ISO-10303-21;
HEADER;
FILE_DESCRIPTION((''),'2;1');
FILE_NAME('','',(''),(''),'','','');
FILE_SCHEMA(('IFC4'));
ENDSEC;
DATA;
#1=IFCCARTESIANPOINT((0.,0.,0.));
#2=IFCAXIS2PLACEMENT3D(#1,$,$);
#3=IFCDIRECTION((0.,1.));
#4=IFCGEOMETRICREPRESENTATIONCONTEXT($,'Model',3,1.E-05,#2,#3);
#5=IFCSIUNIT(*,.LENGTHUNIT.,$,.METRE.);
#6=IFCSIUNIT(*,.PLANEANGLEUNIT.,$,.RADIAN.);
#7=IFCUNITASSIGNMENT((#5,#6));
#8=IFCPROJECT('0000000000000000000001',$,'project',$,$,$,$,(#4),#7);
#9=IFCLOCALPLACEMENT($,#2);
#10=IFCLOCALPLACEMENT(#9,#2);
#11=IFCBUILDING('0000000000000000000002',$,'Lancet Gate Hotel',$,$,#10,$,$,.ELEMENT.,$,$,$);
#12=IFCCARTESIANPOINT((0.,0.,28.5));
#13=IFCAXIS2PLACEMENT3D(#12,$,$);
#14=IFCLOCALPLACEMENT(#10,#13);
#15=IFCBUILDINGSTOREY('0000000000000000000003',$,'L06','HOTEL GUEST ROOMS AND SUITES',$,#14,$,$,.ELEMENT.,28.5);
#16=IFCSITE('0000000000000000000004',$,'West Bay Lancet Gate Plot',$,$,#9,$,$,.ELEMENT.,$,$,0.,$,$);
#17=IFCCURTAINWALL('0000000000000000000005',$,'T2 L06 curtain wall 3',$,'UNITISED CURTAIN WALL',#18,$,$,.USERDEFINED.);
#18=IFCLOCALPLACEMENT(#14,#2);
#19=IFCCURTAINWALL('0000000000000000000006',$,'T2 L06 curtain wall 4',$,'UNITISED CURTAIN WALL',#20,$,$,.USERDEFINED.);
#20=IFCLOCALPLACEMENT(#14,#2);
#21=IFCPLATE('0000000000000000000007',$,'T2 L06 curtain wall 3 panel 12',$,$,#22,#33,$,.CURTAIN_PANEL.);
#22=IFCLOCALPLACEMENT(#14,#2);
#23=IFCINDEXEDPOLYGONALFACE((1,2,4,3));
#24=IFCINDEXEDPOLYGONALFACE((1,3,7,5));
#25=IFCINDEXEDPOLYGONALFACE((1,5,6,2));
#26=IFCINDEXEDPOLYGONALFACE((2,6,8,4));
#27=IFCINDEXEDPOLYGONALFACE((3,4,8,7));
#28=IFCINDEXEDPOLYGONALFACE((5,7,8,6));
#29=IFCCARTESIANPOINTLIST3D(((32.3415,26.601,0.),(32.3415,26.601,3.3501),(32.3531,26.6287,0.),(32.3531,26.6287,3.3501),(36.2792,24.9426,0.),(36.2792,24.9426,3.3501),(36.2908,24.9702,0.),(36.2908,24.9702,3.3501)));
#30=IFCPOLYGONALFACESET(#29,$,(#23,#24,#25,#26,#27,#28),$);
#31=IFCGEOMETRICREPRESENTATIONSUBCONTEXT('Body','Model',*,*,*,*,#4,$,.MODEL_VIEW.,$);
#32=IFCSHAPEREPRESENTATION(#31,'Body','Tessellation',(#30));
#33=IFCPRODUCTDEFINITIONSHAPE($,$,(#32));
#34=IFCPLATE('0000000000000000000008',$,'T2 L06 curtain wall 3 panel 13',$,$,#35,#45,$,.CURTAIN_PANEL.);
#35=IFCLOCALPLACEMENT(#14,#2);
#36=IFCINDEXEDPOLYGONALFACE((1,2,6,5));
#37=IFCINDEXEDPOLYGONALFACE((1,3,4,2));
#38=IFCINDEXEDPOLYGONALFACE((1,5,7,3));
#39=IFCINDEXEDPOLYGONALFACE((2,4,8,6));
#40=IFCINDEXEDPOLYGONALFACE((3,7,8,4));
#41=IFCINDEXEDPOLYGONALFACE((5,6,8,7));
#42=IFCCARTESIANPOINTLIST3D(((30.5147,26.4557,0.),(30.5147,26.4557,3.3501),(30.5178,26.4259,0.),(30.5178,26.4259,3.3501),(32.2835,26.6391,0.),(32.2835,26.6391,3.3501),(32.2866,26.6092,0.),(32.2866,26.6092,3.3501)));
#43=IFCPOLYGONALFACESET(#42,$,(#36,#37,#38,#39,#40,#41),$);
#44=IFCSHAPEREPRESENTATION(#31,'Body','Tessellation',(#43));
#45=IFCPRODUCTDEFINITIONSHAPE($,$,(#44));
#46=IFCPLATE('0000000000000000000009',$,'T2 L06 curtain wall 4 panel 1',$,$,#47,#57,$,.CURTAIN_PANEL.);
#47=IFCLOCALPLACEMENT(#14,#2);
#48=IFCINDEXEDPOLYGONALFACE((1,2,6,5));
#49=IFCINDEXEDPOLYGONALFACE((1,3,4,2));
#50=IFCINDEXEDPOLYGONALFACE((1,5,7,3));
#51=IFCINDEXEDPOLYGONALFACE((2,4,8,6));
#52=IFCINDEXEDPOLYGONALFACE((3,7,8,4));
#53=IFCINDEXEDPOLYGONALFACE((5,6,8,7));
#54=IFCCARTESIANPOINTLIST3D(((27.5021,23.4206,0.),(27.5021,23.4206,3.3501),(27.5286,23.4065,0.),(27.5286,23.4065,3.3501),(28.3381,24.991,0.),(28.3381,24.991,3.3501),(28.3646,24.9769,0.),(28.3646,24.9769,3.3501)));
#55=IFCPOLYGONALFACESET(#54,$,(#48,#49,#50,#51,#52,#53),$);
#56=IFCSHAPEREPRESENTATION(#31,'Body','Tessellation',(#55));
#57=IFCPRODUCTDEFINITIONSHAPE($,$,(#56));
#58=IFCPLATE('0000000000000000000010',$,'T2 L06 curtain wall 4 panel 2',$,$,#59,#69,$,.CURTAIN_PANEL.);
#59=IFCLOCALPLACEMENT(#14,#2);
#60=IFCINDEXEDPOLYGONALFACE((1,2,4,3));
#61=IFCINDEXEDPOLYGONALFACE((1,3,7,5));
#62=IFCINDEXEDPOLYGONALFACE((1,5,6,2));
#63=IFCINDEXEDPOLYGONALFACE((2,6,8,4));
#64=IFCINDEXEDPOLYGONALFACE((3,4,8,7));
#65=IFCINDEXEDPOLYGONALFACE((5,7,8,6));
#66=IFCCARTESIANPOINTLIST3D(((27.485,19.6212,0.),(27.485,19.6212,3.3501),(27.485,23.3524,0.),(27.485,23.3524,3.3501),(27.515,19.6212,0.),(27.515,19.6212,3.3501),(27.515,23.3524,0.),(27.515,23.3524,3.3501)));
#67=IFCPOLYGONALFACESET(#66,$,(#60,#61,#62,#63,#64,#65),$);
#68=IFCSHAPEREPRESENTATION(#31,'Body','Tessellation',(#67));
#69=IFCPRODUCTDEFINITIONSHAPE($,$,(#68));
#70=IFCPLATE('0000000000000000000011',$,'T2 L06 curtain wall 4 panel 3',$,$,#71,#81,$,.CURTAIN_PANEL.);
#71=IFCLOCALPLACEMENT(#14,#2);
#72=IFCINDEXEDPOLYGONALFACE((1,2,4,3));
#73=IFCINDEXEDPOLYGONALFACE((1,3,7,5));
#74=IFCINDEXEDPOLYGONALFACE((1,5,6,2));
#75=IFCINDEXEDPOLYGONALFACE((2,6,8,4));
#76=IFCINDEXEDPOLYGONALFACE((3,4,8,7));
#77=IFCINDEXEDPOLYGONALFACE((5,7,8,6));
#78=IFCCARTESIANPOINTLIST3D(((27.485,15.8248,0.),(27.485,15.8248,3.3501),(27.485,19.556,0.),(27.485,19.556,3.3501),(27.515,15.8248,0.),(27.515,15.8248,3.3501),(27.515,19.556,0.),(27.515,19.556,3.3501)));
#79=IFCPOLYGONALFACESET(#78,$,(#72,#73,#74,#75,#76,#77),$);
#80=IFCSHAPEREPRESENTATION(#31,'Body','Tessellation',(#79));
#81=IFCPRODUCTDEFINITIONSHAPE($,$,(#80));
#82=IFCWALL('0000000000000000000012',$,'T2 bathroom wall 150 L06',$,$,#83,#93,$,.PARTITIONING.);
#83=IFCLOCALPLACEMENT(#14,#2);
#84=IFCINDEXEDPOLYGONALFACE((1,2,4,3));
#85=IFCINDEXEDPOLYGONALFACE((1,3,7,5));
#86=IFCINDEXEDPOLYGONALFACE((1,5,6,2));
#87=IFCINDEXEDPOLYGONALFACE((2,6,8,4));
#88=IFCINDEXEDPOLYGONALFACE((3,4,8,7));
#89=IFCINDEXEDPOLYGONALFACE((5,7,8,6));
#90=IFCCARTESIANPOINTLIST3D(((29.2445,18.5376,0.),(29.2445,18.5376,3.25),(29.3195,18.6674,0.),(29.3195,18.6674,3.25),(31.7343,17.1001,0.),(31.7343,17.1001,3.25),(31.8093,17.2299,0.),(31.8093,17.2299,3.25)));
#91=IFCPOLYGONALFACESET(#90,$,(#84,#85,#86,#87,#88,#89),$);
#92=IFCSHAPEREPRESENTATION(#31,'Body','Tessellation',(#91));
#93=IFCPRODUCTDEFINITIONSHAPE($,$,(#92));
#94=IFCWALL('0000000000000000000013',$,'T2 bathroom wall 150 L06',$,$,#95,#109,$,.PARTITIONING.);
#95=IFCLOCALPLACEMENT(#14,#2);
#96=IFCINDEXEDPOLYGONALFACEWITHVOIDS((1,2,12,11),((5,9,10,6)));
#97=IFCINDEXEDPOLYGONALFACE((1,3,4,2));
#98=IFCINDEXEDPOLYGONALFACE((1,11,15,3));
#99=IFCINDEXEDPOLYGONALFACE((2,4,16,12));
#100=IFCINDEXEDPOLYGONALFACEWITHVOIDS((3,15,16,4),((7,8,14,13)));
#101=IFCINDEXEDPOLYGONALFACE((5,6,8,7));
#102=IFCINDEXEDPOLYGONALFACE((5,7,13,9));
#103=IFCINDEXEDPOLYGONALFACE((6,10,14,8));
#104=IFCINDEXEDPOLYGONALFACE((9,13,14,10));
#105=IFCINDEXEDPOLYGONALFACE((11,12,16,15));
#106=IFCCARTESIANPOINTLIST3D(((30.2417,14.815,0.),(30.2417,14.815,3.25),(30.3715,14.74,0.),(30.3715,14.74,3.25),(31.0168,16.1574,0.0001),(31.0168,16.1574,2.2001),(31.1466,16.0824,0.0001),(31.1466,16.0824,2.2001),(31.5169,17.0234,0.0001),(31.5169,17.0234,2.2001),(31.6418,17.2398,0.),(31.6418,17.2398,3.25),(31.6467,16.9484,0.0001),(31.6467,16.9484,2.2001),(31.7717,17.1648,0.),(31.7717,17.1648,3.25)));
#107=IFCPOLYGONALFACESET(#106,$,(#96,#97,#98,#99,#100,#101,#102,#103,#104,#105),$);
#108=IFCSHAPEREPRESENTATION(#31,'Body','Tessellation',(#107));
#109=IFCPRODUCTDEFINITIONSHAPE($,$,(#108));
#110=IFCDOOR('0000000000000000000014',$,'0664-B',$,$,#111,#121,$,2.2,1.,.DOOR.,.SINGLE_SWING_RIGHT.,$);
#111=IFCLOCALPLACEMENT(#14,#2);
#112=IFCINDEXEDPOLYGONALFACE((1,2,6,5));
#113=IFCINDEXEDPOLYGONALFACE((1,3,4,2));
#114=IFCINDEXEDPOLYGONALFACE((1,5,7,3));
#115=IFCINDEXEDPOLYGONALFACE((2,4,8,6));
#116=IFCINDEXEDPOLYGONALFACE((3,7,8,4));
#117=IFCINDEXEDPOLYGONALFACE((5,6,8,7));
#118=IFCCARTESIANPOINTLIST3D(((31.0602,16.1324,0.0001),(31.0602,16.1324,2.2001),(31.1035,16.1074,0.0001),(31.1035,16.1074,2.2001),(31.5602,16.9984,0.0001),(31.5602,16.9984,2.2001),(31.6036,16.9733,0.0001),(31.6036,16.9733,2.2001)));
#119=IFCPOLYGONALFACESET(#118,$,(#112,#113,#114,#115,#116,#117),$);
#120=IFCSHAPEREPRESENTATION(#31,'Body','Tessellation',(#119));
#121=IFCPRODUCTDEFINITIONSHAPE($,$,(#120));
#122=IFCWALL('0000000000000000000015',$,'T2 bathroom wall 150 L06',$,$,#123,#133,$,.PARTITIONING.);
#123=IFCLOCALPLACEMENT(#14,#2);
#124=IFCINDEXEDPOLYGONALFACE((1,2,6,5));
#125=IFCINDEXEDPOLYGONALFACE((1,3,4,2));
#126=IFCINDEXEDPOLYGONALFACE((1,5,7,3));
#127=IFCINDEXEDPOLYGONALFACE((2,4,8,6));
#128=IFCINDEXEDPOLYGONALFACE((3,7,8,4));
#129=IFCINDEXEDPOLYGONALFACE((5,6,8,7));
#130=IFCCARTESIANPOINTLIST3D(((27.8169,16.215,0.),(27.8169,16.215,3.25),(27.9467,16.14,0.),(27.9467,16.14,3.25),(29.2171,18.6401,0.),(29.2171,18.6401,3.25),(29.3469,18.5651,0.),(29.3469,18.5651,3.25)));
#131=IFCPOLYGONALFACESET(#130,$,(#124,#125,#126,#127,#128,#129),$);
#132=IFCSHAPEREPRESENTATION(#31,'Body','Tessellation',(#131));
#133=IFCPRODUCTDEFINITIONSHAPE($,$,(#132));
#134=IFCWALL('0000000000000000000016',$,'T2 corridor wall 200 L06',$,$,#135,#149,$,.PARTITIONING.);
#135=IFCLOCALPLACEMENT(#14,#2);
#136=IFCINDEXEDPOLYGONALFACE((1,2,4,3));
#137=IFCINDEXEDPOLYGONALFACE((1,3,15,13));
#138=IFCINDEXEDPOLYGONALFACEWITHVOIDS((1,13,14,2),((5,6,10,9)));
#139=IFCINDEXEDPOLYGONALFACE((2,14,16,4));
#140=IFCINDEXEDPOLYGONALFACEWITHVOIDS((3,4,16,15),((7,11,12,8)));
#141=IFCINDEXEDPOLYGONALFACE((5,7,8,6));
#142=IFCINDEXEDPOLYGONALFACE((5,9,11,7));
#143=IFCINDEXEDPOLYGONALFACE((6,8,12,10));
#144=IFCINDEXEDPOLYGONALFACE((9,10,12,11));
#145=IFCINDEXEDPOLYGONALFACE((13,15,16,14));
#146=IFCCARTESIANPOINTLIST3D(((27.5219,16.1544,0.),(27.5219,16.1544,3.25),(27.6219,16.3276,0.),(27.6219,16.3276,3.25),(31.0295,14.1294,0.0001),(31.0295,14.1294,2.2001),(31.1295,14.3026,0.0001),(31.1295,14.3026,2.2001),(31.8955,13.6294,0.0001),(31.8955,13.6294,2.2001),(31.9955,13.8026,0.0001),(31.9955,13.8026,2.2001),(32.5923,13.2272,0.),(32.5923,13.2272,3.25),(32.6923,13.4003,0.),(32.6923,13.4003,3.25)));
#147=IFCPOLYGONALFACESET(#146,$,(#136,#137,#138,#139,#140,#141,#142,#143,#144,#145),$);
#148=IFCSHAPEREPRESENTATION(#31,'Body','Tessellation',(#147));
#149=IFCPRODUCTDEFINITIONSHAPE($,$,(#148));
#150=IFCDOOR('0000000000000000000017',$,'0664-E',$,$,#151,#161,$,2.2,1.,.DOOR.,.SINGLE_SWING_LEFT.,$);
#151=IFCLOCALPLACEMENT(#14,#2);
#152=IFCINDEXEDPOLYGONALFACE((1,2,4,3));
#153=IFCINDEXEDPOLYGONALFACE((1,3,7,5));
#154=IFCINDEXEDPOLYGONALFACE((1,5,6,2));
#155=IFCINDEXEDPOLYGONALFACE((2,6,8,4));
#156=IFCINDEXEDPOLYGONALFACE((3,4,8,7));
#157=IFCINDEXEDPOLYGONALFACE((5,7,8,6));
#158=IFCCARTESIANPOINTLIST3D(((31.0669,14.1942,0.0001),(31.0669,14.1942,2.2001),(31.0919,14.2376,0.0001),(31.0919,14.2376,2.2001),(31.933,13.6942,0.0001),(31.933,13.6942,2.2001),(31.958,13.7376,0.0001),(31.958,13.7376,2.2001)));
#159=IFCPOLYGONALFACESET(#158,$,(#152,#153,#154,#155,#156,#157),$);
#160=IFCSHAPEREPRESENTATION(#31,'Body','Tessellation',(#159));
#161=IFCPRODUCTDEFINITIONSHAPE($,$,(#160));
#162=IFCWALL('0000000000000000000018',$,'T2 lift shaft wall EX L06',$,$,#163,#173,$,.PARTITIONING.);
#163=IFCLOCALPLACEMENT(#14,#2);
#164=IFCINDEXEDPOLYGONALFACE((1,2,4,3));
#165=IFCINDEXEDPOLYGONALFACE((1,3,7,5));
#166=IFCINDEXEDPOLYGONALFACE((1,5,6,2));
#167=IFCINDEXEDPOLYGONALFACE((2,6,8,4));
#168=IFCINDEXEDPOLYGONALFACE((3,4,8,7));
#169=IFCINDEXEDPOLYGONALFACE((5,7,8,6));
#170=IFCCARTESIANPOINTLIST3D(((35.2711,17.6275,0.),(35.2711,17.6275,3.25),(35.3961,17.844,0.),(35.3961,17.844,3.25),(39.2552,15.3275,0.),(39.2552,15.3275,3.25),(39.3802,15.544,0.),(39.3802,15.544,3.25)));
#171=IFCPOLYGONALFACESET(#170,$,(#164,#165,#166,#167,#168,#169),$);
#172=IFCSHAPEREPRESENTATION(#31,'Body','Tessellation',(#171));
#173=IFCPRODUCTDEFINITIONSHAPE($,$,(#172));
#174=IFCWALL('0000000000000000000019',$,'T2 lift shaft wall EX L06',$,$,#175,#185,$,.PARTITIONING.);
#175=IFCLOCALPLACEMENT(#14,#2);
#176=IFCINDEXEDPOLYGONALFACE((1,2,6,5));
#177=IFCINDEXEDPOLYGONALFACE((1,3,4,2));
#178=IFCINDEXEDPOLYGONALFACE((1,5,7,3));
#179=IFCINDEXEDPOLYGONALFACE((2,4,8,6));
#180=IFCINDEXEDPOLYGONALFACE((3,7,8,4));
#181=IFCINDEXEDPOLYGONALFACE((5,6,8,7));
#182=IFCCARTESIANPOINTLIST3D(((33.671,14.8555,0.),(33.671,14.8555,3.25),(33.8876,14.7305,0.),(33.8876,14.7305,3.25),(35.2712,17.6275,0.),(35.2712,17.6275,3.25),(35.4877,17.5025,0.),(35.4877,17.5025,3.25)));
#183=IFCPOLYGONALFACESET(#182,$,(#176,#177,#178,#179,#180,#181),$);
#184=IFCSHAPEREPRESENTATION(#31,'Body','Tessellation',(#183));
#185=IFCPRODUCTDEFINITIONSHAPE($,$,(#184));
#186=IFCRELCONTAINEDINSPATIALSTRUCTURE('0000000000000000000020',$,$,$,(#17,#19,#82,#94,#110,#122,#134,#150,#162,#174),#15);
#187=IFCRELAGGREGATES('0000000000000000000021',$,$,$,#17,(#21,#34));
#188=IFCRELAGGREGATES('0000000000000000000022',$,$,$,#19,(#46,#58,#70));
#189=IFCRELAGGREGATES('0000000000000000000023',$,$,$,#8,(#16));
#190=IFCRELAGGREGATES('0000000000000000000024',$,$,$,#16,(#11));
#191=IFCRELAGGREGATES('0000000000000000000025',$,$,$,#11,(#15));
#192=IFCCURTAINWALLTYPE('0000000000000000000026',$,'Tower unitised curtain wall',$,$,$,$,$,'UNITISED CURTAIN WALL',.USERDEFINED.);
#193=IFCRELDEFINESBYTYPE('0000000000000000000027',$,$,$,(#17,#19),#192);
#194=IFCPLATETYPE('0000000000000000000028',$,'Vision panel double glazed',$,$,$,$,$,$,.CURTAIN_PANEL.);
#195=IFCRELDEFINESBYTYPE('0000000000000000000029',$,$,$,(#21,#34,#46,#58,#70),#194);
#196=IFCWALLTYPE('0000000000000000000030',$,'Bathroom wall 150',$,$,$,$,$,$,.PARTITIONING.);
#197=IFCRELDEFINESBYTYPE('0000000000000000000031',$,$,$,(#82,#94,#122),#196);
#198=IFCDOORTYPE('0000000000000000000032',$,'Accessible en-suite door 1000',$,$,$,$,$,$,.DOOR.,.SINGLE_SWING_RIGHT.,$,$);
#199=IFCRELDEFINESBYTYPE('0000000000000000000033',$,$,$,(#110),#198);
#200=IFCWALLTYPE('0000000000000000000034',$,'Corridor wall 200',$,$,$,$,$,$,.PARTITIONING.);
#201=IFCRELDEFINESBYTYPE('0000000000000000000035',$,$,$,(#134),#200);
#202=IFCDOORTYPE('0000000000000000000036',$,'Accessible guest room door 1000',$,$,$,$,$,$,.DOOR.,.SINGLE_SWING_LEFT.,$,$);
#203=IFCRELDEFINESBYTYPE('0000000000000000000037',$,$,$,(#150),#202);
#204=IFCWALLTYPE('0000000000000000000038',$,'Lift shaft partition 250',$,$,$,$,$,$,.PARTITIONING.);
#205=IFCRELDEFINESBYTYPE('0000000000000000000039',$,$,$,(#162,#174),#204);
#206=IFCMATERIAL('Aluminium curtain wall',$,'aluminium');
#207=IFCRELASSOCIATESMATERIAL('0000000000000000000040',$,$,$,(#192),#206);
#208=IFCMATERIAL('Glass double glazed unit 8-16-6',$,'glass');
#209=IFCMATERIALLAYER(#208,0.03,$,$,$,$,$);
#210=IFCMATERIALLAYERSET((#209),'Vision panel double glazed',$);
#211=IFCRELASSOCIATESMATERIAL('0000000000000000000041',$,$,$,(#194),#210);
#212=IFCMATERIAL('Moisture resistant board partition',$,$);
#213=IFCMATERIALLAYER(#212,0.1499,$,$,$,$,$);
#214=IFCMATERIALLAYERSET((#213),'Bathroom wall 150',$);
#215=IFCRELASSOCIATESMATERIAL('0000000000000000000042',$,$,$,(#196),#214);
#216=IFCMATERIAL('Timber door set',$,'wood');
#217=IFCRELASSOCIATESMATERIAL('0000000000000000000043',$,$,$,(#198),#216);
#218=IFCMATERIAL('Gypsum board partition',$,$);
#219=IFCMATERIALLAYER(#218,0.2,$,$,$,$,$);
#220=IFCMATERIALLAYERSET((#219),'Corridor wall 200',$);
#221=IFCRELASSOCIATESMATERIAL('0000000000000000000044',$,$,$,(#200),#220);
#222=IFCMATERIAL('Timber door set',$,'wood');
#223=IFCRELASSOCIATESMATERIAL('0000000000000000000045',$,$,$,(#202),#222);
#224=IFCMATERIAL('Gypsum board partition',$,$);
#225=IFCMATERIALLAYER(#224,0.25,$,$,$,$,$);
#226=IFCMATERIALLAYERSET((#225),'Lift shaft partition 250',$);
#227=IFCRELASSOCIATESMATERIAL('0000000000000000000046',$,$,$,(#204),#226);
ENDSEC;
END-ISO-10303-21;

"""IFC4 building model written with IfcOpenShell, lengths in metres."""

from ifc_helpers import new_model, si_unit, direction, frame, frame_2d, origin, origin_2d, place, context, subcontext, project, spatial, rectangle, extrude, material, layer, layer_set, type_object, element, fill, aggregate, save


model = new_model("IFC4")

# Units and contexts
model_context = context("Model", 3, precision=1e-05, world=origin(), true_north=direction((0.0, 1.0)))
body_context = subcontext(model_context, "Body", "Model", "MODEL_VIEW")
ifc_project = project(units=[si_unit("LENGTHUNIT", "METRE"), si_unit("PLANEANGLEUNIT", "RADIAN")], contexts=[model_context])

# Site, building, storey
site_placement = place(None, origin())
site = spatial("IfcSite", under=ifc_project, at=site_placement, Name="West Bay Lancet Gate Plot", CompositionType="ELEMENT", RefElevation=0.0)
building_placement = place(site_placement, origin())
building = spatial("IfcBuilding", under=site, at=building_placement, Name="Lancet Gate Hotel", CompositionType="ELEMENT")
storey_placement = place(building_placement, frame((0.0, 0.0, 28.5)))
storey = spatial("IfcBuildingStorey", under=building, at=storey_placement, Name="L06", Description="HOTEL GUEST ROOMS AND SUITES", CompositionType="ELEMENT", Elevation=28.5)

# Curtain walls
ifc_material_1 = material(Name="Aluminium curtain wall", Category="aluminium")
curtain_wall_type = type_object("IfcCurtainWallType", Name="Tower unitised curtain wall", ElementType="UNITISED CURTAIN WALL", PredefinedType="USERDEFINED", material=ifc_material_1)
curtain_wall_1_placement = place(storey_placement, origin())
curtain_wall_1 = element("IfcCurtainWall", 1, at=curtain_wall_1_placement, inside=storey, type_object=curtain_wall_type, Name="T2 L06 curtain wall 3", ObjectType="UNITISED CURTAIN WALL", PredefinedType="USERDEFINED")
curtain_wall_2_placement = place(storey_placement, origin())
curtain_wall_2 = element("IfcCurtainWall", 2, at=curtain_wall_2_placement, inside=storey, type_object=curtain_wall_type, Name="T2 L06 curtain wall 4", ObjectType="UNITISED CURTAIN WALL", PredefinedType="USERDEFINED")

# Plates
ifc_material_2 = material(Name="Glass double glazed unit 8-16-6", Category="glass")
ifc_layer_1 = layer(ifc_material_2, 0.03)
ifc_layer_set_1 = layer_set([ifc_layer_1], Name="Vision panel double glazed")
plate_type = type_object("IfcPlateType", Name="Vision panel double glazed", PredefinedType="CURTAIN_PANEL", material=ifc_layer_set_1)
plate_1_placement = place(storey_placement, frame((34.3162, 25.7856, 0.0), z_axis=(0.0, 0.0, 1.0), x_axis=(-0.921593, 0.388157, 0.0)))
plate_1 = element("IfcPlate", 3, at=plate_1_placement, type_object=plate_type, Name="T2 L06 curtain wall 3 panel 12", PredefinedType="CURTAIN_PANEL", context=body_context, shape_type="SweptSolid", body=[
    extrude(rectangle(XDim=4.2727, YDim=0.03, at=origin_2d()), origin(), (0.0, 0.0, 1.0), 3.3501),
])
plate_2_placement = place(storey_placement, frame((31.4006, 26.5325, 0.0), z_axis=(0.0, 0.0, 1.0), x_axis=(-0.994672, -0.103088, 0.0)))
plate_2 = element("IfcPlate", 4, at=plate_2_placement, type_object=plate_type, Name="T2 L06 curtain wall 3 panel 13", PredefinedType="CURTAIN_PANEL", context=body_context, shape_type="SweptSolid", body=[
    extrude(rectangle(XDim=1.7783, YDim=0.03, at=origin_2d()), origin(), (0.0, 0.0, 1.0), 3.3501),
])
aggregate(curtain_wall_1, [plate_1, plate_2])
plate_3_placement = place(storey_placement, frame((27.9333, 24.1987, 0.0), z_axis=(0.0, 0.0, 1.0), x_axis=(-0.469898, -0.882721, 0.0)))
plate_3 = element("IfcPlate", 5, at=plate_3_placement, type_object=plate_type, Name="T2 L06 curtain wall 4 panel 1", PredefinedType="CURTAIN_PANEL", context=body_context, shape_type="SweptSolid", body=[
    extrude(rectangle(XDim=1.7791, YDim=0.03, at=origin_2d()), origin(), (0.0, 0.0, 1.0), 3.3501),
])
plate_4_placement = place(storey_placement, frame((27.5, 21.4868, 0.0), z_axis=(0.0, 0.0, 1.0), x_axis=(0.0, -1.0, 0.0)))
plate_4 = element("IfcPlate", 6, at=plate_4_placement, type_object=plate_type, Name="T2 L06 curtain wall 4 panel 2", PredefinedType="CURTAIN_PANEL", context=body_context, shape_type="SweptSolid", body=[
    extrude(rectangle(XDim=3.7312, YDim=0.03, at=origin_2d()), origin(), (0.0, 0.0, 1.0), 3.3501),
])
plate_5_placement = place(storey_placement, frame((27.5, 17.6904, 0.0), z_axis=(0.0, 0.0, 1.0), x_axis=(0.0, -1.0, 0.0)))
plate_5 = element("IfcPlate", 7, at=plate_5_placement, type_object=plate_type, Name="T2 L06 curtain wall 4 panel 3", PredefinedType="CURTAIN_PANEL", context=body_context, shape_type="SweptSolid", body=[
    extrude(rectangle(XDim=3.7312, YDim=0.03, at=origin_2d()), origin(), (0.0, 0.0, 1.0), 3.3501),
])
aggregate(curtain_wall_2, [plate_3, plate_4, plate_5])

# Wall
ifc_material_3 = material(Name="Moisture resistant board partition")
ifc_layer_2 = layer(ifc_material_3, 0.1499)
ifc_layer_set_2 = layer_set([ifc_layer_2], Name="Bathroom wall 150")
wall_type_1 = type_object("IfcWallType", Name="Bathroom wall 150", PredefinedType="PARTITIONING", material=ifc_layer_set_2)
wall_1_placement = place(storey_placement, frame((29.282, 18.6025, 0.0), z_axis=(0.0, 0.0, 1.0), x_axis=(0.866019, -0.500012, 0.0)))
element("IfcWall", 8, at=wall_1_placement, inside=storey, type_object=wall_type_1, Name="T2 bathroom wall 150 L06", PredefinedType="PARTITIONING", context=body_context, shape_type="SweptSolid", body=[
    extrude(rectangle(XDim=2.875, YDim=0.1499, at=frame_2d((1.4375, 0.0))), origin(), (0.0, 0.0, 1.0), 3.25),
])

# Wall, opening, door
wall_2_placement = place(storey_placement, frame((30.3066, 14.7776, 0.0), z_axis=(0.0, 0.0, 1.0), x_axis=(0.50005, 0.865997, 0.0)))
wall_2 = element("IfcWall", 9, at=wall_2_placement, inside=storey, type_object=wall_type_1, Name="T2 bathroom wall 150 L06", PredefinedType="PARTITIONING", context=body_context, shape_type="SweptSolid", body=[
    extrude(rectangle(XDim=2.8, YDim=0.1499, at=frame_2d((1.3999, 0.0))), origin(), (0.0, 0.0, 1.0), 3.25),
])
opening_1_placement = place(wall_2_placement, frame((1.55, 0.0, 0.0)))
opening_1 = element("IfcOpeningElement", 10, at=opening_1_placement, cuts=wall_2, PredefinedType="OPENING", context=body_context, shape_type="SweptSolid", body=[
    extrude(rectangle(XDim=1.0, YDim=2.2, at=frame_2d((0.5, 1.1001))), frame((0.0, 0.085, 0.0), z_axis=(0.0, -1.0, 0.0), x_axis=(1.0, 0.0, 0.0)), (0.0, 0.0, 1.0), 0.1699),
])
ifc_material_4 = material(Name="Timber door set", Category="wood")
door_type_1 = type_object("IfcDoorType", Name="Accessible en-suite door 1000", OperationType="SINGLE_SWING_RIGHT", PredefinedType="DOOR", material=ifc_material_4)
door_1_placement = place(opening_1_placement, origin())
door_1 = element("IfcDoor", 11, at=door_1_placement, inside=storey, type_object=door_type_1, Name="0664-B", OperationType="SINGLE_SWING_RIGHT", OverallHeight=2.2, OverallWidth=1.0, PredefinedType="DOOR", context=body_context, shape_type="SweptSolid", body=[
    extrude(rectangle(XDim=1.0, YDim=2.2, at=frame_2d((0.5, 1.1001))), frame((0.0, 0.0249, 0.0), z_axis=(0.0, -1.0, 0.0), x_axis=(1.0, 0.0, 0.0)), (0.0, 0.0, 1.0), 0.05),
])
fill(opening_1, door_1)

# Wall
wall_3_placement = place(storey_placement, frame((27.8818, 16.1775, 0.0), z_axis=(0.0, 0.0, 1.0), x_axis=(0.500012, 0.866019, 0.0)))
element("IfcWall", 12, at=wall_3_placement, inside=storey, type_object=wall_type_1, Name="T2 bathroom wall 150 L06", PredefinedType="PARTITIONING", context=body_context, shape_type="SweptSolid", body=[
    extrude(rectangle(XDim=2.8003, YDim=0.1499, at=frame_2d((1.4001, 0.0))), origin(), (0.0, 0.0, 1.0), 3.25),
])

# Wall, opening, door
ifc_material_5 = material(Name="Gypsum board partition")
ifc_layer_3 = layer(ifc_material_5, 0.2)
ifc_layer_set_3 = layer_set([ifc_layer_3], Name="Corridor wall 200")
wall_type_2 = type_object("IfcWallType", Name="Corridor wall 200", PredefinedType="PARTITIONING", material=ifc_layer_set_3)
wall_4_placement = place(storey_placement, frame((27.572, 16.241, 0.0), z_axis=(0.0, 0.0, 1.0), x_axis=(0.866033, -0.499987, 0.0)))
wall_4 = element("IfcWall", 13, at=wall_4_placement, inside=storey, type_object=wall_type_2, Name="T2 corridor wall 200 L06", PredefinedType="PARTITIONING", context=body_context, shape_type="SweptSolid", body=[
    extrude(rectangle(XDim=5.8547, YDim=0.2, at=frame_2d((2.9272, 0.0))), origin(), (0.0, 0.0, 1.0), 3.25),
])
opening_2_placement = place(wall_4_placement, frame((4.05, 0.0, 0.0)))
opening_2 = element("IfcOpeningElement", 14, at=opening_2_placement, cuts=wall_4, PredefinedType="OPENING", context=body_context, shape_type="SweptSolid", body=[
    extrude(rectangle(XDim=1.0, YDim=2.2, at=frame_2d((0.5, 1.1001))), frame((0.0, 0.1099, 0.0), z_axis=(0.0, -1.0, 0.0), x_axis=(1.0, 0.0, 0.0)), (0.0, 0.0, 1.0), 0.22),
])
ifc_material_6 = material(Name="Timber door set", Category="wood")
door_type_2 = type_object("IfcDoorType", Name="Accessible guest room door 1000", OperationType="SINGLE_SWING_LEFT", PredefinedType="DOOR", material=ifc_material_6)
door_2_placement = place(opening_2_placement, origin())
door_2 = element("IfcDoor", 15, at=door_2_placement, inside=storey, type_object=door_type_2, Name="0664-E", OperationType="SINGLE_SWING_LEFT", OverallHeight=2.2, OverallWidth=1.0, PredefinedType="DOOR", context=body_context, shape_type="SweptSolid", body=[
    extrude(rectangle(XDim=1.0, YDim=2.2, at=frame_2d((0.5, 1.1001))), frame((0.0, 0.0249, 0.0), z_axis=(0.0, -1.0, 0.0), x_axis=(1.0, 0.0, 0.0)), (0.0, 0.0, 1.0), 0.05),
])
fill(opening_2, door_2)

# Walls
ifc_material_7 = material(Name="Gypsum board partition")
ifc_layer_4 = layer(ifc_material_7, 0.25)
ifc_layer_set_4 = layer_set([ifc_layer_4], Name="Lift shaft partition 250")
wall_type_3 = type_object("IfcWallType", Name="Lift shaft partition 250", PredefinedType="PARTITIONING", material=ifc_layer_set_4)
wall_5_placement = place(storey_placement, frame((35.3335, 17.7358, 0.0), z_axis=(0.0, 0.0, 1.0), x_axis=(0.866043, -0.499969, 0.0)))
element("IfcWall", 16, at=wall_5_placement, inside=storey, type_object=wall_type_3, Name="T2 lift shaft wall EX L06", PredefinedType="PARTITIONING", context=body_context, shape_type="SweptSolid", body=[
    extrude(rectangle(XDim=4.6003, YDim=0.25, at=frame_2d((2.3003, 0.0))), origin(), (0.0, 0.0, 1.0), 3.25),
])
wall_6_placement = place(storey_placement, frame((33.7793, 14.793, 0.0), z_axis=(0.0, 0.0, 1.0), x_axis=(0.499929, 0.866066, 0.0)))
element("IfcWall", 17, at=wall_6_placement, inside=storey, type_object=wall_type_3, Name="T2 lift shaft wall EX L06", PredefinedType="PARTITIONING", context=body_context, shape_type="SweptSolid", body=[
    extrude(rectangle(XDim=3.2007, YDim=0.25, at=frame_2d((1.6003, 0.0))), origin(), (0.0, 0.0, 1.0), 3.25),
])

save(model, "model.ifc")
